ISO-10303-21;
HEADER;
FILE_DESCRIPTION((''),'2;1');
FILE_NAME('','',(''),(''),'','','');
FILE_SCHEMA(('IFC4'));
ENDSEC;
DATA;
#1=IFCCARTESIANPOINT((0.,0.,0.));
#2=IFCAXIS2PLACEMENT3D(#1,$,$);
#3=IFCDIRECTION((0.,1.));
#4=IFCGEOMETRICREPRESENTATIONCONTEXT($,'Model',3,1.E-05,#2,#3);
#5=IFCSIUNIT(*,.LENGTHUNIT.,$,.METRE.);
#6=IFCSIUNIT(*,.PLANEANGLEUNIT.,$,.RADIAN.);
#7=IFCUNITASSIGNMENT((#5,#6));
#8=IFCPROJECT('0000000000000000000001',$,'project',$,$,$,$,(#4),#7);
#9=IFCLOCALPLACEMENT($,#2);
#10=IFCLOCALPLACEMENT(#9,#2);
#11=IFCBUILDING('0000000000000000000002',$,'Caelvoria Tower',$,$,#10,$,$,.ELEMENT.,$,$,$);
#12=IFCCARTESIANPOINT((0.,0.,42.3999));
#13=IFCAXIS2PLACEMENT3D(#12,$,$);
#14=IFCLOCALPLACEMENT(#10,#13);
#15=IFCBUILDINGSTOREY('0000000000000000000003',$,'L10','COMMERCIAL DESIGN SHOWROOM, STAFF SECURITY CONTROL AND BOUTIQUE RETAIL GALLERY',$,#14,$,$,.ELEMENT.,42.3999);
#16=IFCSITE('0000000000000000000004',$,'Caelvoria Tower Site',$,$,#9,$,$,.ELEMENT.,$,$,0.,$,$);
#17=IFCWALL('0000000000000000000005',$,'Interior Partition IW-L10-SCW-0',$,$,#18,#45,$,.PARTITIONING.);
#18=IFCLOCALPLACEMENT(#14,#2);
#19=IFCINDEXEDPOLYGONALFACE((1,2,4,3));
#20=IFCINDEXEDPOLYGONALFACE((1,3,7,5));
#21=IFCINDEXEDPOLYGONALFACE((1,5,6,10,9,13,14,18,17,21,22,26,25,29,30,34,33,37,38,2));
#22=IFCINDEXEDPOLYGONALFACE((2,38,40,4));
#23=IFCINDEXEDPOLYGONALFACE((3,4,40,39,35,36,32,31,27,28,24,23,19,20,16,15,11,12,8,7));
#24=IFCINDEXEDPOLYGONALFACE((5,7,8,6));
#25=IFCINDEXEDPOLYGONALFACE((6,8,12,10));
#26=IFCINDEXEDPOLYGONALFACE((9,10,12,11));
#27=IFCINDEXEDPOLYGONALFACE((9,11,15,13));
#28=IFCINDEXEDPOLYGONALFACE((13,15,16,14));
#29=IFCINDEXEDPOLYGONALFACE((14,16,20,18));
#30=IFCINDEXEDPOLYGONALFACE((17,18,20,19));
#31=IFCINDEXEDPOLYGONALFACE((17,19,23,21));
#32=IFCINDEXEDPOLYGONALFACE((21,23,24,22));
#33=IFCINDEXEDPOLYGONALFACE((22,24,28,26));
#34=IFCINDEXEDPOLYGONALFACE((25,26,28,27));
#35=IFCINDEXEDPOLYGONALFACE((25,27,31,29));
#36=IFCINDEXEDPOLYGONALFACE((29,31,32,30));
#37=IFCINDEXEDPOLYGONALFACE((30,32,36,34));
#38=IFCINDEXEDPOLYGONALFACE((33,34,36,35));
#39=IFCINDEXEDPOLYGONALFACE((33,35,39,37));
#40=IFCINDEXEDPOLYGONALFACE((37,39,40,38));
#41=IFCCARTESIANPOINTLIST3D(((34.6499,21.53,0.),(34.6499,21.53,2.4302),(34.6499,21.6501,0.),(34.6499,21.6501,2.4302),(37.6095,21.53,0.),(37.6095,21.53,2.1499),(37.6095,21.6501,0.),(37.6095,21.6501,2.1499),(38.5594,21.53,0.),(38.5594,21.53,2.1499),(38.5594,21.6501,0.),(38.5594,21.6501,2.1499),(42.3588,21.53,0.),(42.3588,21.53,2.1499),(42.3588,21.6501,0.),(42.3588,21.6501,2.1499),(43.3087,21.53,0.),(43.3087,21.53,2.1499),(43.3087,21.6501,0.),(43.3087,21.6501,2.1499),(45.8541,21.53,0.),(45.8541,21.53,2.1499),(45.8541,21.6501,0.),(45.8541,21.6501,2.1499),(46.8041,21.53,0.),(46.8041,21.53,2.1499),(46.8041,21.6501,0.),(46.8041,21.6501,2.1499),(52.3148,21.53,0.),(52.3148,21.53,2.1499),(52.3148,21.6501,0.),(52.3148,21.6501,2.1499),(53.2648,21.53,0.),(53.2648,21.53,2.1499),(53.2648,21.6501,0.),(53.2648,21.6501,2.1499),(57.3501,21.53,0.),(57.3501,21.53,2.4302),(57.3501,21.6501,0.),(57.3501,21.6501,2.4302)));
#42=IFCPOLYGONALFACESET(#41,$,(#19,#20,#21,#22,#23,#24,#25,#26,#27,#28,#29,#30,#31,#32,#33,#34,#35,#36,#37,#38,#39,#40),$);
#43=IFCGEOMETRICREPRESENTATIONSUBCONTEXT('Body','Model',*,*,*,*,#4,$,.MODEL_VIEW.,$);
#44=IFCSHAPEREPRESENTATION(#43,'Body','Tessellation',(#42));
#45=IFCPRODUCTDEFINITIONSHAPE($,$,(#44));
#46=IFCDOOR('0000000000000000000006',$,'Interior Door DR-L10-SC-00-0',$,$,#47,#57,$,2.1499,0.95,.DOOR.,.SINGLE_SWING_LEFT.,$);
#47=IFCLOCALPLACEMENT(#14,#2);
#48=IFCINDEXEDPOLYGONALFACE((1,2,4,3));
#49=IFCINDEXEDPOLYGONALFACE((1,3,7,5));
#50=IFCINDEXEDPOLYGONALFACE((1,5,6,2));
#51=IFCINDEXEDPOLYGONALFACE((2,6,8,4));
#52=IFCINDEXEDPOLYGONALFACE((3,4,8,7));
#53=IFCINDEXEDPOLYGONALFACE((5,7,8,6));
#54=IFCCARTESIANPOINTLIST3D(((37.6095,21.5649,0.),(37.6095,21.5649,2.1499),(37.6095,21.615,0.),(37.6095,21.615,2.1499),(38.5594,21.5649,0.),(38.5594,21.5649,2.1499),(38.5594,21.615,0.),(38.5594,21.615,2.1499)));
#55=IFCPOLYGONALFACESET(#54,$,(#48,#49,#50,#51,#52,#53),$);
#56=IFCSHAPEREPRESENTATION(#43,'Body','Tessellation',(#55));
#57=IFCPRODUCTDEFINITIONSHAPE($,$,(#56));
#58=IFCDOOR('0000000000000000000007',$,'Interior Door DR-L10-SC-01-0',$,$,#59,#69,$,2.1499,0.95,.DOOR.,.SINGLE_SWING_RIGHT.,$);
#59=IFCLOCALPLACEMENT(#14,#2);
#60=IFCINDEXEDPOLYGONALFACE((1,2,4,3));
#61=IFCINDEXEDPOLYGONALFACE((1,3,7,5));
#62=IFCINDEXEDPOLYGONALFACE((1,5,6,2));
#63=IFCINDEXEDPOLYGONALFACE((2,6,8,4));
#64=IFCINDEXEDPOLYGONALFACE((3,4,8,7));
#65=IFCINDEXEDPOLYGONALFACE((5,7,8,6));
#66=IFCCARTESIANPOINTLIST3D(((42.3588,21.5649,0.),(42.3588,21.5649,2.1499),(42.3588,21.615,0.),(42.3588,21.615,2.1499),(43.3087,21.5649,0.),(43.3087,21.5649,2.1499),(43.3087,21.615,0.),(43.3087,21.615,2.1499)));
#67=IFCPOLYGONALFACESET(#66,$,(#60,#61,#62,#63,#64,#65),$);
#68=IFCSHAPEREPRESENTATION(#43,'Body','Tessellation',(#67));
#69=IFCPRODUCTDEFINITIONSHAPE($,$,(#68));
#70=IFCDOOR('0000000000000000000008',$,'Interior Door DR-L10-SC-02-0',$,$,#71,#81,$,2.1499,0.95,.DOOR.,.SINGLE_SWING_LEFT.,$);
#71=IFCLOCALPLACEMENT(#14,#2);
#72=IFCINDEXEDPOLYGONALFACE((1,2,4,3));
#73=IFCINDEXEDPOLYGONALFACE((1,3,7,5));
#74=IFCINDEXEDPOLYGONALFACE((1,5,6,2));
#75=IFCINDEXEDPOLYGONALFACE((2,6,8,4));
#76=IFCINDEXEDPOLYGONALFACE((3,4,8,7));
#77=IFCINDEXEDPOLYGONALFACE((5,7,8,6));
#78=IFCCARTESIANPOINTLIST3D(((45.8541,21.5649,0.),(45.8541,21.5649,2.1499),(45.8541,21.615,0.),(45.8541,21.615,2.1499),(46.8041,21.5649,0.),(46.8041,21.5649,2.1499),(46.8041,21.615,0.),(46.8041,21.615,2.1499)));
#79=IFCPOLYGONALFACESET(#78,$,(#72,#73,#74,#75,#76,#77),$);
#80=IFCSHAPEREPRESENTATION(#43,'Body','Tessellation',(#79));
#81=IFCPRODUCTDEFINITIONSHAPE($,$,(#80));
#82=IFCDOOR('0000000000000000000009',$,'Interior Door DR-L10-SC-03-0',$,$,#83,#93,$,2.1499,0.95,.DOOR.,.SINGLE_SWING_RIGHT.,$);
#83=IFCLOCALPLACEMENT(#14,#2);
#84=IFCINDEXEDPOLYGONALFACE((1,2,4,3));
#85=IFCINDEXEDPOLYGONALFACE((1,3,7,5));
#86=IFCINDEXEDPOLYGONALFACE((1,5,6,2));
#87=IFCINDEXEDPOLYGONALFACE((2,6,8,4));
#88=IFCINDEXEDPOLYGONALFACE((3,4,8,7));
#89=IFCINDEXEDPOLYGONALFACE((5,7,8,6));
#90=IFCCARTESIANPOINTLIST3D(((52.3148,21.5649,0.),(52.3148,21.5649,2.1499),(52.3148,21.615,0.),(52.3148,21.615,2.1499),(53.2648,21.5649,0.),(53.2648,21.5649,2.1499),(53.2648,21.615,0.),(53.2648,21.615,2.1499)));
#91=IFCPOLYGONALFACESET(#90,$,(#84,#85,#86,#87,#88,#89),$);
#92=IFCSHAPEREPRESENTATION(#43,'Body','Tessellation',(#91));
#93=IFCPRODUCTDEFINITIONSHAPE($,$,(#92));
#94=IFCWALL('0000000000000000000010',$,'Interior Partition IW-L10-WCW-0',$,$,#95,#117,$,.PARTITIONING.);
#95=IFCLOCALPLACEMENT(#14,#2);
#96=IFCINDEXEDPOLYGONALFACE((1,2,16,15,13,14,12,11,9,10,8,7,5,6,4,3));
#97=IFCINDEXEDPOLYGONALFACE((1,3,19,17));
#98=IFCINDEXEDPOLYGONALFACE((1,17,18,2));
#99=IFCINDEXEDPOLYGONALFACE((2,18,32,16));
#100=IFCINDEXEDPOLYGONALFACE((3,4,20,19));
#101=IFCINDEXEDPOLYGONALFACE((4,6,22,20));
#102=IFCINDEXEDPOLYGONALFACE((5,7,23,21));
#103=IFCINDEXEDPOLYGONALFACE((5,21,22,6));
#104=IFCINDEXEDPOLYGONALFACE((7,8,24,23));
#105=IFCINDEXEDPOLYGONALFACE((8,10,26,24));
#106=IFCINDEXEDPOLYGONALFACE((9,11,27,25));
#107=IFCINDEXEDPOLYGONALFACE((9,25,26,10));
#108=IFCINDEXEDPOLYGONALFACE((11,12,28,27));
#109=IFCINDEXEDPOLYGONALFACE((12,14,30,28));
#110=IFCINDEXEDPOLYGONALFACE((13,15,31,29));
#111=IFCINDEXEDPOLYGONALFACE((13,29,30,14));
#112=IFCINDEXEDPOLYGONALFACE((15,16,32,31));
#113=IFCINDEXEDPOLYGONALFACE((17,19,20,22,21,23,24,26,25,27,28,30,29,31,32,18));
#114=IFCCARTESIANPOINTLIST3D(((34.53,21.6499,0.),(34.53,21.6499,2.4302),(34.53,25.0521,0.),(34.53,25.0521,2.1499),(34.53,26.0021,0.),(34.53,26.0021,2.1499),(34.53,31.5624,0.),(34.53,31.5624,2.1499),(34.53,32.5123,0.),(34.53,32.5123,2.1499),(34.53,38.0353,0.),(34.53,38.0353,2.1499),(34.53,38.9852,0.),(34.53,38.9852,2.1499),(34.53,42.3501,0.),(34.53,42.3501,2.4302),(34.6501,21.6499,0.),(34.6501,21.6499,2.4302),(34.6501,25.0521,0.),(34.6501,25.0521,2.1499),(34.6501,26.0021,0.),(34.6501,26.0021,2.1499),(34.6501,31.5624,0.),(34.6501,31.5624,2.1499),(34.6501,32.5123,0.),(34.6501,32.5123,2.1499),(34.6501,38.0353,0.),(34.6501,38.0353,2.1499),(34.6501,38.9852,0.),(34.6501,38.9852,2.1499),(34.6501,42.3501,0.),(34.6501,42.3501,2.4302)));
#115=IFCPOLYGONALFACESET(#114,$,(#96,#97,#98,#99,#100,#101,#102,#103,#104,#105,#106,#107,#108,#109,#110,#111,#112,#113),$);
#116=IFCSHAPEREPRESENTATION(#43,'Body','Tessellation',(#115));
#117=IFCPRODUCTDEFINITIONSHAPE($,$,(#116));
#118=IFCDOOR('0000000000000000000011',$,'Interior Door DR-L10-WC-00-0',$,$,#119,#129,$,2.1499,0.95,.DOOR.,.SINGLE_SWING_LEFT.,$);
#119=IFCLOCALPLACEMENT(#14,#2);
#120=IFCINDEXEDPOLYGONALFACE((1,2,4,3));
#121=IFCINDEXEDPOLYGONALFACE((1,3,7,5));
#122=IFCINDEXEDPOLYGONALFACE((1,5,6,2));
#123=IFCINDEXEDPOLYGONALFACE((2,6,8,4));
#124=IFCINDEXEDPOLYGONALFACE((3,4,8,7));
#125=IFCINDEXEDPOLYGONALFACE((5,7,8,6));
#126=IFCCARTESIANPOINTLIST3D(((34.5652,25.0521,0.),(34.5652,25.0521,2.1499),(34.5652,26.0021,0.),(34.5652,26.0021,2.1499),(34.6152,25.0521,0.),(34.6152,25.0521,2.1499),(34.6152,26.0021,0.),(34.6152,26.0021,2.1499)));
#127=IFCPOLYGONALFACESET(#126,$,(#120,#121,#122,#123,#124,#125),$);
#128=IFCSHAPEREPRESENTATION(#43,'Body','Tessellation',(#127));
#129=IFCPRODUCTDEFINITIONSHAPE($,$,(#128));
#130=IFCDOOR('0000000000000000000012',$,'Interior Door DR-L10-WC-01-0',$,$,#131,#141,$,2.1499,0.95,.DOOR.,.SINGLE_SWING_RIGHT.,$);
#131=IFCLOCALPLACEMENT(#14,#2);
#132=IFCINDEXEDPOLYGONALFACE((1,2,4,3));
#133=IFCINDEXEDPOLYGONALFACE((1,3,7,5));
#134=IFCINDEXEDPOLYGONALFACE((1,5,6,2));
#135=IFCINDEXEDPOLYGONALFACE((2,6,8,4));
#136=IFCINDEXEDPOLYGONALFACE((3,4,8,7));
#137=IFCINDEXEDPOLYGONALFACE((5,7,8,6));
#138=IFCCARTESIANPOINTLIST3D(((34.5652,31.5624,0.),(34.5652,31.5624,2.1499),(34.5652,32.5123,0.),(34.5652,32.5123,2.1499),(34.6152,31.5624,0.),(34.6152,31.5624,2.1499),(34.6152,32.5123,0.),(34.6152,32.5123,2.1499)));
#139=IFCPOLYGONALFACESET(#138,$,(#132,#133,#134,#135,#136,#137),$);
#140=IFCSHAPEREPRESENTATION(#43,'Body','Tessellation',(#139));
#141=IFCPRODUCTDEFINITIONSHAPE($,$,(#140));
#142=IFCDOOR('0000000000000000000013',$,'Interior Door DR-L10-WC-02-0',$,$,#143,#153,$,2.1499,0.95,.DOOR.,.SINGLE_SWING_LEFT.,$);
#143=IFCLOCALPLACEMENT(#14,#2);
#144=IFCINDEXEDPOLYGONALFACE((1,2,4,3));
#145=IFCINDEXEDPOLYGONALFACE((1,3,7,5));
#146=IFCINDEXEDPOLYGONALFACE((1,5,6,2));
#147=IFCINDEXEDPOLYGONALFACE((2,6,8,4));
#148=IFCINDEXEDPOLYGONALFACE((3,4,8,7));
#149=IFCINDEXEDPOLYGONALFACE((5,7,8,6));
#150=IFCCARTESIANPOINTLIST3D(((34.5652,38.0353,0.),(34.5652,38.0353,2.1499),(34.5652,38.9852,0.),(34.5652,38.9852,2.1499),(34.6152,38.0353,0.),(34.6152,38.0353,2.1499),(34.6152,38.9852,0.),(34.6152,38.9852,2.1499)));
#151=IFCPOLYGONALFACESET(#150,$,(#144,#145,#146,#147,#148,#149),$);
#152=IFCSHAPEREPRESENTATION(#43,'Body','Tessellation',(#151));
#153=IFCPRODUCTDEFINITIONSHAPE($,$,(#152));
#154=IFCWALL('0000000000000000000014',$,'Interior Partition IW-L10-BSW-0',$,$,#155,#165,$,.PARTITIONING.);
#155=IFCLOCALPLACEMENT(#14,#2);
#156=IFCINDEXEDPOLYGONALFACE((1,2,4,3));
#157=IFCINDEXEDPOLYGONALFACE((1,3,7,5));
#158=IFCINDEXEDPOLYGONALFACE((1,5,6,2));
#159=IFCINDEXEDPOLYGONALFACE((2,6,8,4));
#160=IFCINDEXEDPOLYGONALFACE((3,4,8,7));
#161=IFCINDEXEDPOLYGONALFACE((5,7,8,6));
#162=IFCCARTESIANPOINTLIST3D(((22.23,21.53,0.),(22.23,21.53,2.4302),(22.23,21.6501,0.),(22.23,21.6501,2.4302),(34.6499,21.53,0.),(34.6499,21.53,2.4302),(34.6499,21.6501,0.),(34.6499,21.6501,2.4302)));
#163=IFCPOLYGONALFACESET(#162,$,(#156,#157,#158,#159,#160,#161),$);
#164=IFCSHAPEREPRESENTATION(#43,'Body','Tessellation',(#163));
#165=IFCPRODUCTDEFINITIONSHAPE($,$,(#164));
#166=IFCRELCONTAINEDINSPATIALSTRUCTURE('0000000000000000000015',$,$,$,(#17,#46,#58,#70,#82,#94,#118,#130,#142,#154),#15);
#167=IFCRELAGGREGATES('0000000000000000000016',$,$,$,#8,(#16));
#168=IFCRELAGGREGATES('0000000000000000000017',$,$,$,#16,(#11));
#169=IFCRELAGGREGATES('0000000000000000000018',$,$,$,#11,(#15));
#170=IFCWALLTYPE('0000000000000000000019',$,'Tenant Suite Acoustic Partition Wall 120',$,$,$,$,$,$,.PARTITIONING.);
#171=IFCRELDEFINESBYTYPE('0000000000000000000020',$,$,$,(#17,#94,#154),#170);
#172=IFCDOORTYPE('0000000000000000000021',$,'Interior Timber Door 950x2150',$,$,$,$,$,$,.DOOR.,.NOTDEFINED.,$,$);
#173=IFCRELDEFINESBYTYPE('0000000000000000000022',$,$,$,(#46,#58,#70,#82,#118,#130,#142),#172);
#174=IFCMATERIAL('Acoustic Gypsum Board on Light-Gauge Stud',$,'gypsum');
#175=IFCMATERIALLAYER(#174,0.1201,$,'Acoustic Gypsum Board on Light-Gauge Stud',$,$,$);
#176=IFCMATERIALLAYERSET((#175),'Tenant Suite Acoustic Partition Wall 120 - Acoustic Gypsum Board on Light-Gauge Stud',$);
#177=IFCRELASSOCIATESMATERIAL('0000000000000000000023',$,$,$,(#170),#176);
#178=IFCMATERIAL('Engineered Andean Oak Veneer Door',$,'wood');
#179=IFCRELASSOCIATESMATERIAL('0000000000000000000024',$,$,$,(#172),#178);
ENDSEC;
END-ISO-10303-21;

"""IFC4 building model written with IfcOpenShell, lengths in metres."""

from ifc_helpers import new_model, si_unit, direction, frame, frame_2d, origin, place, context, subcontext, project, spatial, rectangle, extrude, material, layer, layer_set, type_object, element, fill, save


model = new_model("IFC4")

# Units and contexts
model_context = context("Model", 3, precision=1e-05, world=origin(), true_north=direction((0.0, 1.0)))
body_context = subcontext(model_context, "Body", "Model", "MODEL_VIEW")
ifc_project = project(units=[si_unit("LENGTHUNIT", "METRE"), si_unit("PLANEANGLEUNIT", "RADIAN")], contexts=[model_context])

# Site, building, storey
site_placement = place(None, origin())
site = spatial("IfcSite", under=ifc_project, at=site_placement, Name="Caelvoria Tower Site", CompositionType="ELEMENT", RefElevation=0.0)
building_placement = place(site_placement, origin())
building = spatial("IfcBuilding", under=site, at=building_placement, Name="Caelvoria Tower", CompositionType="ELEMENT")
storey_placement = place(building_placement, frame((0.0, 0.0, 42.3999)))
storey = spatial("IfcBuildingStorey", under=building, at=storey_placement, Name="L10", Description="COMMERCIAL DESIGN SHOWROOM, STAFF SECURITY CONTROL AND BOUTIQUE RETAIL GALLERY", CompositionType="ELEMENT", Elevation=42.3999)

# Shared definitions
ifc_material_1 = material(Name="Acoustic Gypsum Board on Light-Gauge Stud", Category="gypsum")
ifc_layer_1 = layer(ifc_material_1, 0.1201, Name="Acoustic Gypsum Board on Light-Gauge Stud")
ifc_layer_set_1 = layer_set([ifc_layer_1], Name="Tenant Suite Acoustic Partition Wall 120 - Acoustic Gypsum Board on Light-Gauge Stud")
wall_type_1 = type_object("IfcWallType", Name="Tenant Suite Acoustic Partition Wall 120", PredefinedType="PARTITIONING", material=ifc_layer_set_1)
ifc_material_2 = material(Name="Engineered Andean Oak Veneer Door", Category="wood")

# Walls, openings, doors
wall_1_placement = place(storey_placement, frame((34.6499, 21.5901, 0.0), z_axis=(0.0, 0.0, 1.0), x_axis=(1.0, 0.0, 0.0)))
wall_1 = element("IfcWall", 1, at=wall_1_placement, inside=storey, type_object=wall_type_1, Name="Interior Partition IW-L10-SCW-0", PredefinedType="PARTITIONING", context=body_context, shape_type="SweptSolid", body=[
    extrude(rectangle(XDim=22.7002, YDim=0.1201, at=frame_2d((11.3501, 0.0))), origin(), (0.0, 0.0, 1.0), 2.4302),
])
opening_1_placement = place(wall_1_placement, frame((2.9595, 0.0, 0.0)))
opening_1 = element("IfcOpeningElement", 2, at=opening_1_placement, cuts=wall_1, PredefinedType="OPENING", context=body_context, shape_type="SweptSolid", body=[
    extrude(rectangle(XDim=0.95, YDim=2.1499, at=frame_2d((0.4751, 1.075))), frame((0.0, 0.0701, 0.0), z_axis=(0.0, -1.0, 0.0), x_axis=(1.0, 0.0, 0.0)), (0.0, 0.0, 1.0), 0.1401),
])
opening_2_placement = place(wall_1_placement, frame((7.7087, 0.0, 0.0)))
opening_2 = element("IfcOpeningElement", 3, at=opening_2_placement, cuts=wall_1, PredefinedType="OPENING", context=body_context, shape_type="SweptSolid", body=[
    extrude(rectangle(XDim=0.95, YDim=2.1499, at=frame_2d((0.4751, 1.075))), frame((0.0, 0.0701, 0.0), z_axis=(0.0, -1.0, 0.0), x_axis=(1.0, 0.0, 0.0)), (0.0, 0.0, 1.0), 0.1401),
])
opening_3_placement = place(wall_1_placement, frame((11.2041, 0.0, 0.0)))
opening_3 = element("IfcOpeningElement", 4, at=opening_3_placement, cuts=wall_1, PredefinedType="OPENING", context=body_context, shape_type="SweptSolid", body=[
    extrude(rectangle(XDim=0.95, YDim=2.1499, at=frame_2d((0.4751, 1.075))), frame((0.0, 0.0701, 0.0), z_axis=(0.0, -1.0, 0.0), x_axis=(1.0, 0.0, 0.0)), (0.0, 0.0, 1.0), 0.1401),
])
opening_4_placement = place(wall_1_placement, frame((17.6648, 0.0, 0.0)))
opening_4 = element("IfcOpeningElement", 5, at=opening_4_placement, cuts=wall_1, PredefinedType="OPENING", context=body_context, shape_type="SweptSolid", body=[
    extrude(rectangle(XDim=0.95, YDim=2.1499, at=frame_2d((0.4751, 1.075))), frame((0.0, 0.0701, 0.0), z_axis=(0.0, -1.0, 0.0), x_axis=(1.0, 0.0, 0.0)), (0.0, 0.0, 1.0), 0.1401),
])
door_type_1 = type_object("IfcDoorType", Name="Interior Timber Door 950x2150", OperationType="NOTDEFINED", PredefinedType="DOOR", material=ifc_material_2)
door_1_placement = place(opening_1_placement, origin())
door_1 = element("IfcDoor", 6, at=door_1_placement, inside=storey, type_object=door_type_1, Name="Interior Door DR-L10-SC-00-0", OperationType="SINGLE_SWING_LEFT", OverallHeight=2.1499, OverallWidth=0.95, PredefinedType="DOOR", context=body_context, shape_type="SweptSolid", body=[
    extrude(rectangle(XDim=0.95, YDim=2.1499, at=frame_2d((0.4751, 1.075))), frame((0.0, 0.0249, 0.0), z_axis=(0.0, -1.0, 0.0), x_axis=(1.0, 0.0, 0.0)), (0.0, 0.0, 1.0), 0.05),
])
fill(opening_1, door_1)
door_2_placement = place(opening_2_placement, origin())
door_2 = element("IfcDoor", 7, at=door_2_placement, inside=storey, type_object=door_type_1, Name="Interior Door DR-L10-SC-01-0", OperationType="SINGLE_SWING_RIGHT", OverallHeight=2.1499, OverallWidth=0.95, PredefinedType="DOOR", context=body_context, shape_type="SweptSolid", body=[
    extrude(rectangle(XDim=0.95, YDim=2.1499, at=frame_2d((0.4751, 1.075))), frame((0.0, 0.0249, 0.0), z_axis=(0.0, -1.0, 0.0), x_axis=(1.0, 0.0, 0.0)), (0.0, 0.0, 1.0), 0.05),
])
fill(opening_2, door_2)
door_3_placement = place(opening_3_placement, origin())
door_3 = element("IfcDoor", 8, at=door_3_placement, inside=storey, type_object=door_type_1, Name="Interior Door DR-L10-SC-02-0", OperationType="SINGLE_SWING_LEFT", OverallHeight=2.1499, OverallWidth=0.95, PredefinedType="DOOR", context=body_context, shape_type="SweptSolid", body=[
    extrude(rectangle(XDim=0.95, YDim=2.1499, at=frame_2d((0.4751, 1.075))), frame((0.0, 0.0249, 0.0), z_axis=(0.0, -1.0, 0.0), x_axis=(1.0, 0.0, 0.0)), (0.0, 0.0, 1.0), 0.05),
])
fill(opening_3, door_3)
door_4_placement = place(opening_4_placement, origin())
door_4 = element("IfcDoor", 9, at=door_4_placement, inside=storey, type_object=door_type_1, Name="Interior Door DR-L10-SC-03-0", OperationType="SINGLE_SWING_RIGHT", OverallHeight=2.1499, OverallWidth=0.95, PredefinedType="DOOR", context=body_context, shape_type="SweptSolid", body=[
    extrude(rectangle(XDim=0.95, YDim=2.1499, at=frame_2d((0.4751, 1.075))), frame((0.0, 0.0249, 0.0), z_axis=(0.0, -1.0, 0.0), x_axis=(1.0, 0.0, 0.0)), (0.0, 0.0, 1.0), 0.05),
])
fill(opening_4, door_4)
wall_2_placement = place(storey_placement, frame((34.5901, 21.6499, 0.0), z_axis=(0.0, 0.0, 1.0), x_axis=(0.0, 1.0, 0.0)))
wall_2 = element("IfcWall", 10, at=wall_2_placement, inside=storey, type_object=wall_type_1, Name="Interior Partition IW-L10-WCW-0", PredefinedType="PARTITIONING", context=body_context, shape_type="SweptSolid", body=[
    extrude(rectangle(XDim=20.7002, YDim=0.1201, at=frame_2d((10.3501, 0.0))), origin(), (0.0, 0.0, 1.0), 2.4302),
])
opening_5_placement = place(wall_2_placement, frame((3.4021, 0.0, 0.0)))
opening_5 = element("IfcOpeningElement", 11, at=opening_5_placement, cuts=wall_2, PredefinedType="OPENING", context=body_context, shape_type="SweptSolid", body=[
    extrude(rectangle(XDim=0.95, YDim=2.1499, at=frame_2d((0.4751, 1.075))), frame((0.0, 0.0701, 0.0), z_axis=(0.0, -1.0, 0.0), x_axis=(1.0, 0.0, 0.0)), (0.0, 0.0, 1.0), 0.1401),
])
opening_6_placement = place(wall_2_placement, frame((9.9124, 0.0, 0.0)))
opening_6 = element("IfcOpeningElement", 12, at=opening_6_placement, cuts=wall_2, PredefinedType="OPENING", context=body_context, shape_type="SweptSolid", body=[
    extrude(rectangle(XDim=0.95, YDim=2.1499, at=frame_2d((0.4751, 1.075))), frame((0.0, 0.0701, 0.0), z_axis=(0.0, -1.0, 0.0), x_axis=(1.0, 0.0, 0.0)), (0.0, 0.0, 1.0), 0.1401),
])
opening_7_placement = place(wall_2_placement, frame((16.3853, 0.0, 0.0)))
opening_7 = element("IfcOpeningElement", 13, at=opening_7_placement, cuts=wall_2, PredefinedType="OPENING", context=body_context, shape_type="SweptSolid", body=[
    extrude(rectangle(XDim=0.95, YDim=2.1499, at=frame_2d((0.4751, 1.075))), frame((0.0, 0.0701, 0.0), z_axis=(0.0, -1.0, 0.0), x_axis=(1.0, 0.0, 0.0)), (0.0, 0.0, 1.0), 0.1401),
])
door_5_placement = place(opening_5_placement, origin())
door_5 = element("IfcDoor", 14, at=door_5_placement, inside=storey, type_object=door_type_1, Name="Interior Door DR-L10-WC-00-0", OperationType="SINGLE_SWING_LEFT", OverallHeight=2.1499, OverallWidth=0.95, PredefinedType="DOOR", context=body_context, shape_type="SweptSolid", body=[
    extrude(rectangle(XDim=0.95, YDim=2.1499, at=frame_2d((0.4751, 1.075))), frame((0.0, 0.0249, 0.0), z_axis=(0.0, -1.0, 0.0), x_axis=(1.0, 0.0, 0.0)), (0.0, 0.0, 1.0), 0.05),
])
fill(opening_5, door_5)
door_6_placement = place(opening_6_placement, origin())
door_6 = element("IfcDoor", 15, at=door_6_placement, inside=storey, type_object=door_type_1, Name="Interior Door DR-L10-WC-01-0", OperationType="SINGLE_SWING_RIGHT", OverallHeight=2.1499, OverallWidth=0.95, PredefinedType="DOOR", context=body_context, shape_type="SweptSolid", body=[
    extrude(rectangle(XDim=0.95, YDim=2.1499, at=frame_2d((0.4751, 1.075))), frame((0.0, 0.0249, 0.0), z_axis=(0.0, -1.0, 0.0), x_axis=(1.0, 0.0, 0.0)), (0.0, 0.0, 1.0), 0.05),
])
fill(opening_6, door_6)
door_7_placement = place(opening_7_placement, origin())
door_7 = element("IfcDoor", 16, at=door_7_placement, inside=storey, type_object=door_type_1, Name="Interior Door DR-L10-WC-02-0", OperationType="SINGLE_SWING_LEFT", OverallHeight=2.1499, OverallWidth=0.95, PredefinedType="DOOR", context=body_context, shape_type="SweptSolid", body=[
    extrude(rectangle(XDim=0.95, YDim=2.1499, at=frame_2d((0.4751, 1.075))), frame((0.0, 0.0249, 0.0), z_axis=(0.0, -1.0, 0.0), x_axis=(1.0, 0.0, 0.0)), (0.0, 0.0, 1.0), 0.05),
])
fill(opening_7, door_7)

# Wall
wall_3_placement = place(storey_placement, frame((34.6499, 21.5901, 0.0), z_axis=(0.0, 0.0, 1.0), x_axis=(-1.0, 0.0, 0.0)))
element("IfcWall", 17, at=wall_3_placement, inside=storey, type_object=wall_type_1, Name="Interior Partition IW-L10-BSW-0", PredefinedType="PARTITIONING", context=body_context, shape_type="SweptSolid", body=[
    extrude(rectangle(XDim=12.4199, YDim=0.1201, at=frame_2d((6.21, 0.0))), origin(), (0.0, 0.0, 1.0), 2.4302),
])

save(model, "model.ifc")
